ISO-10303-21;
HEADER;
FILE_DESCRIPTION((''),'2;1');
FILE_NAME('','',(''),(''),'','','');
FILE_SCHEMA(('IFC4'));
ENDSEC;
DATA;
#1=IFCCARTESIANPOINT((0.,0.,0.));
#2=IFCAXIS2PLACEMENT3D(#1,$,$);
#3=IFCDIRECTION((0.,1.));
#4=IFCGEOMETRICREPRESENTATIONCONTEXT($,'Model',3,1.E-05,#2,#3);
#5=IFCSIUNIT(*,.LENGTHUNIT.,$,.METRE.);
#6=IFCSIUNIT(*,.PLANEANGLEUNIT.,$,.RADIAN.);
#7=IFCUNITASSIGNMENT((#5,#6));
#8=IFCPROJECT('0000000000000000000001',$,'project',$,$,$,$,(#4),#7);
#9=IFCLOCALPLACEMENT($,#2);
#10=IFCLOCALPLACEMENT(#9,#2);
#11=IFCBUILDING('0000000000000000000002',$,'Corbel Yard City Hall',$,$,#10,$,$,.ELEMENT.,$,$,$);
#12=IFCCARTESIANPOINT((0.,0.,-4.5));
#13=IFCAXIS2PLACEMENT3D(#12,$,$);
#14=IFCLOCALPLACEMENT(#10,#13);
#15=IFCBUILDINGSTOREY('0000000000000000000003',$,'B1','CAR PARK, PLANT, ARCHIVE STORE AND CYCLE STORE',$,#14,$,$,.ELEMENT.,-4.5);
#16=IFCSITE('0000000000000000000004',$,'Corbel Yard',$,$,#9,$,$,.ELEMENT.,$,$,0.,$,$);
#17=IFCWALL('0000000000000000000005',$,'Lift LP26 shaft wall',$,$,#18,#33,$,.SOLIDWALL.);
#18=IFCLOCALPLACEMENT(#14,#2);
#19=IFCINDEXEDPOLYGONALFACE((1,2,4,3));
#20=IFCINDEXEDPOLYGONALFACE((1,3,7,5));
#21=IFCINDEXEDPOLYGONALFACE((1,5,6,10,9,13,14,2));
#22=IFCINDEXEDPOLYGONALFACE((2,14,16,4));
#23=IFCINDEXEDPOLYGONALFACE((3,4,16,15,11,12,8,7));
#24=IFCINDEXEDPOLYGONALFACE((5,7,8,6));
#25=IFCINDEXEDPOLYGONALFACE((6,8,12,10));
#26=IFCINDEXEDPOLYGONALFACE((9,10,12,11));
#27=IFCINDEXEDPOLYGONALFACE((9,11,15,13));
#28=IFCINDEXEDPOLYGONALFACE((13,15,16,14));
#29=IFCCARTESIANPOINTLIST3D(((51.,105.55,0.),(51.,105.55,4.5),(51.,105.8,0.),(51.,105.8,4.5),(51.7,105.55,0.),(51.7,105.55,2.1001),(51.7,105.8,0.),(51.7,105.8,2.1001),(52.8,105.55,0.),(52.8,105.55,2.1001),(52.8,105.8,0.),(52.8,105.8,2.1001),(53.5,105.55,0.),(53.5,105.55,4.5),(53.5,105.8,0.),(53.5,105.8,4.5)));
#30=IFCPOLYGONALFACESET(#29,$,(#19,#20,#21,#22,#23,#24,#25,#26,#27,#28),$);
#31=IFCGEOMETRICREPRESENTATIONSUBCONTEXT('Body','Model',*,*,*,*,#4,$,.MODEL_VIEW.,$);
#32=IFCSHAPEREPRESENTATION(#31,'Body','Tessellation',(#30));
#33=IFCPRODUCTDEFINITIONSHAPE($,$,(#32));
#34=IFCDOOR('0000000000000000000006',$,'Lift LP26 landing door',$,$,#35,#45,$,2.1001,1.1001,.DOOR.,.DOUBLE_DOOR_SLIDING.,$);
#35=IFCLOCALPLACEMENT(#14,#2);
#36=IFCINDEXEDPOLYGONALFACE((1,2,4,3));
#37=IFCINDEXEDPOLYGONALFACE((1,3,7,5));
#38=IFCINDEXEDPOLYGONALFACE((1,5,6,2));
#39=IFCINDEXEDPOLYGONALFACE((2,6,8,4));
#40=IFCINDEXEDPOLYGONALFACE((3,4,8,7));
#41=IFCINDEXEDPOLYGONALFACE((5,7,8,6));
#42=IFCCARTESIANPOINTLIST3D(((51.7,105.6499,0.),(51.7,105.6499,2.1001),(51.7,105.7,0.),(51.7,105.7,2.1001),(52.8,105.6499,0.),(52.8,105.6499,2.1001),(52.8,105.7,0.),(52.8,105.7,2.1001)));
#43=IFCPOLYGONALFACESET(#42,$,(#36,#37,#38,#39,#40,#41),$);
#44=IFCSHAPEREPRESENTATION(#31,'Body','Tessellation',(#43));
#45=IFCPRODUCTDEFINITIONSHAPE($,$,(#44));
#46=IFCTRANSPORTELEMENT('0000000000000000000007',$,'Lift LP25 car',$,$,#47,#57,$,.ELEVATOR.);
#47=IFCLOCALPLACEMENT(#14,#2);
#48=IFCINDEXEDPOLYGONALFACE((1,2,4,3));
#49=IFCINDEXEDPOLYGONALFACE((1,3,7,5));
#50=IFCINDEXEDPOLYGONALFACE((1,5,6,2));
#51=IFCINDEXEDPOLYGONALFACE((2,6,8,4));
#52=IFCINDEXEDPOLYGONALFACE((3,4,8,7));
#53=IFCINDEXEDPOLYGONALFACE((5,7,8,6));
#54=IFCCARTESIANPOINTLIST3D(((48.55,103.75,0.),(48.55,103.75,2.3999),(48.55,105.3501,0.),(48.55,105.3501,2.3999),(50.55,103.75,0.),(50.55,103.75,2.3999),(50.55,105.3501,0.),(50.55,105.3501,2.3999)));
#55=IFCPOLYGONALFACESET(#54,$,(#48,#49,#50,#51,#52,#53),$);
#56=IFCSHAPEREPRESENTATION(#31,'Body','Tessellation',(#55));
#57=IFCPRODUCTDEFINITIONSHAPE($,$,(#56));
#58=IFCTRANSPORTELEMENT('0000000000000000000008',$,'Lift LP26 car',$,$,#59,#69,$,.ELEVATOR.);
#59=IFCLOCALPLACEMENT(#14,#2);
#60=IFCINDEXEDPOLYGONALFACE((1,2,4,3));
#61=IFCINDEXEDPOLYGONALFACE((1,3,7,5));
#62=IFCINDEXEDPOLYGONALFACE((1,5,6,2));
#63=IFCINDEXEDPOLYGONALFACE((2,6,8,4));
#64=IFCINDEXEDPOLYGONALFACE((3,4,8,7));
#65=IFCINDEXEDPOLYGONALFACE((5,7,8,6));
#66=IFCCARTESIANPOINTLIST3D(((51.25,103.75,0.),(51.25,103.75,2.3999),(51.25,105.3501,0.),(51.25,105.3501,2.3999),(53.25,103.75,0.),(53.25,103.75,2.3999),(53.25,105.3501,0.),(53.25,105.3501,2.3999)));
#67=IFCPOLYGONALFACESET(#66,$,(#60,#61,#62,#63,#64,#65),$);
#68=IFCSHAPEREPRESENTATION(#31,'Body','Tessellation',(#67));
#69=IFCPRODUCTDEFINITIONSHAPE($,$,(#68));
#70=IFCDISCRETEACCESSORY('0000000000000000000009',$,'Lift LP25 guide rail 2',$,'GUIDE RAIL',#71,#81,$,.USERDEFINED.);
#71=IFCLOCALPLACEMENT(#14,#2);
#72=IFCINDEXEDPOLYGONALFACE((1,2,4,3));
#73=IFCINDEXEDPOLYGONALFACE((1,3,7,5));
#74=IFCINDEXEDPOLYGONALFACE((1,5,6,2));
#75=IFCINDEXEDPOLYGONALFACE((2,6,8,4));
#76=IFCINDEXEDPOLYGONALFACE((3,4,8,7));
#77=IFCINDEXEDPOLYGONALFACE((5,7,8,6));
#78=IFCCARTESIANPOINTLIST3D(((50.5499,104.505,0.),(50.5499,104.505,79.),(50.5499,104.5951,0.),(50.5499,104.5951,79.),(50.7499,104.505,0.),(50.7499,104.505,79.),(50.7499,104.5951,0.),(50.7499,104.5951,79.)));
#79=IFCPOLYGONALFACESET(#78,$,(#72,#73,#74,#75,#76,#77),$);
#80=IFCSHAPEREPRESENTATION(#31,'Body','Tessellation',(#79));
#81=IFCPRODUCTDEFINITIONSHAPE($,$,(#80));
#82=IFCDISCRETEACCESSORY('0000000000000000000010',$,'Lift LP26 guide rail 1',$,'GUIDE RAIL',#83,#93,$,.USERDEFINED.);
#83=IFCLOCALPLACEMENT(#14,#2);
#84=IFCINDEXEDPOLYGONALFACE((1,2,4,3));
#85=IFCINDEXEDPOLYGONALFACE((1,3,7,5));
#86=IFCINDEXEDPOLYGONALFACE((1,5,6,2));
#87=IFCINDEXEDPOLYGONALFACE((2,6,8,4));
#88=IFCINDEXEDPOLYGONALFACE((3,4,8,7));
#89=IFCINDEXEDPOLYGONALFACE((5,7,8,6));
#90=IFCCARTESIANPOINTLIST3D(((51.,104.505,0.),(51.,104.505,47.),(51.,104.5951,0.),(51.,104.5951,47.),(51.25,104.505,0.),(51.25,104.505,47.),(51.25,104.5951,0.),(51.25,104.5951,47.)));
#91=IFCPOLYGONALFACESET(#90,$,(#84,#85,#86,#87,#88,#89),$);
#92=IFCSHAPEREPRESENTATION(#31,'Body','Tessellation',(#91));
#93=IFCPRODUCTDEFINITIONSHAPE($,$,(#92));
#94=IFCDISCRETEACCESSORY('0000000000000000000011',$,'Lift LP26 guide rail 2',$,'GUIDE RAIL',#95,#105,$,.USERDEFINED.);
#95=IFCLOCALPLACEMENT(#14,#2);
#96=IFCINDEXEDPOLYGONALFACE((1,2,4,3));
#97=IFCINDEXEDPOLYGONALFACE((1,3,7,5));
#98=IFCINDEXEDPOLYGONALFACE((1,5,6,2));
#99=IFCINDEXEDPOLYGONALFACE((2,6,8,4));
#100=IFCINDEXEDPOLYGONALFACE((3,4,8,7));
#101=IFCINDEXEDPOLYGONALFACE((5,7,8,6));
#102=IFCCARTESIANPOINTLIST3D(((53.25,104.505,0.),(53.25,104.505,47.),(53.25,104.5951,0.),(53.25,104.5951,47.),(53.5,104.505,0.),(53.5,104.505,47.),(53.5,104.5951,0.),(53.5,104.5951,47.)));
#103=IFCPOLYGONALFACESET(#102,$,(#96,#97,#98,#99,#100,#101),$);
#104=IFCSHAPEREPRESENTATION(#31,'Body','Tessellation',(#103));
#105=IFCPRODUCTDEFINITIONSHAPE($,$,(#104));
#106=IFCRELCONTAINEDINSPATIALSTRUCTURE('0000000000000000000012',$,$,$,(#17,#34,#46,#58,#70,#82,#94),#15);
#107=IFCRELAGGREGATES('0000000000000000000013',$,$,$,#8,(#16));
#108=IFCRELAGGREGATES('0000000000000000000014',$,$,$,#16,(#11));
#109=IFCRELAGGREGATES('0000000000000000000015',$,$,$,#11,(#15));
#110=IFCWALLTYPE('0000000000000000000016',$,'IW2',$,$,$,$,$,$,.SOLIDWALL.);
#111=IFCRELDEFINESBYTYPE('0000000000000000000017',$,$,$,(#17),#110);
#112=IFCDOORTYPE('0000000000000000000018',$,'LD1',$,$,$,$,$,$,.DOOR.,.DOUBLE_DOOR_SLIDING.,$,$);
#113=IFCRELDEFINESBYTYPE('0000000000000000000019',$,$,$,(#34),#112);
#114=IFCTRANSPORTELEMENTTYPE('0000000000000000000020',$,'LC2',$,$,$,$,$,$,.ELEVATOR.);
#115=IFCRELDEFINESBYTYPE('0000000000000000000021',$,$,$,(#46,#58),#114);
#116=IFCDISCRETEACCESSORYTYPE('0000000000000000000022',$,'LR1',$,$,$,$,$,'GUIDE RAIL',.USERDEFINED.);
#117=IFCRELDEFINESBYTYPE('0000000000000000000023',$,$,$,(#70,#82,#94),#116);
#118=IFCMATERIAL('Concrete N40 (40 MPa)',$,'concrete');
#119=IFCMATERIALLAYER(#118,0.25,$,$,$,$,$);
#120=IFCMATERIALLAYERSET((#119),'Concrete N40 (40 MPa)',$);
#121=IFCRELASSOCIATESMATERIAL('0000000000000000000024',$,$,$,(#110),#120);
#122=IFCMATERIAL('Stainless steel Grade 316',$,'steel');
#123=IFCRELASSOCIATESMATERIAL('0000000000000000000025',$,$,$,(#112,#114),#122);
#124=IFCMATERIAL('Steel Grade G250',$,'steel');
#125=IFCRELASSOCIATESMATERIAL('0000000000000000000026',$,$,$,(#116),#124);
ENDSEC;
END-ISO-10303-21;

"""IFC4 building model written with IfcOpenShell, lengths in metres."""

from ifc_helpers import new_model, si_unit, direction, frame, frame_2d, origin, origin_2d, place, context, subcontext, project, spatial, rectangle, extrude, material, layer, layer_set, type_object, element, fill, save


model = new_model("IFC4")

# Units and contexts
model_context = context("Model", 3, precision=1e-05, world=origin(), true_north=direction((0.0, 1.0)))
body_context = subcontext(model_context, "Body", "Model", "MODEL_VIEW")
ifc_project = project(units=[si_unit("LENGTHUNIT", "METRE"), si_unit("PLANEANGLEUNIT", "RADIAN")], contexts=[model_context])

# Site, building, storey
site_placement = place(None, origin())
site = spatial("IfcSite", under=ifc_project, at=site_placement, Name="Corbel Yard", CompositionType="ELEMENT", RefElevation=0.0)
building_placement = place(site_placement, origin())
building = spatial("IfcBuilding", under=site, at=building_placement, Name="Corbel Yard City Hall", CompositionType="ELEMENT")
storey_placement = place(building_placement, frame((0.0, 0.0, -4.5)))
storey = spatial("IfcBuildingStorey", under=building, at=storey_placement, Name="B1", Description="CAR PARK, PLANT, ARCHIVE STORE AND CYCLE STORE", CompositionType="ELEMENT", Elevation=-4.5)

# Shared definitions
ifc_material_1 = material(Name="Concrete N40 (40 MPa)", Category="concrete")

# Shared definitions
ifc_layer = layer(ifc_material_1, 0.25)
ifc_layer_set = layer_set([ifc_layer], Name="Concrete N40 (40 MPa)")
wall_type = type_object("IfcWallType", Name="IW2", PredefinedType="SOLIDWALL", material=ifc_layer_set)

# Wall, opening, door
wall_1_placement = place(storey_placement, frame((51.0, 105.675, 0.0), z_axis=(0.0, 0.0, 1.0), x_axis=(1.0, 0.0, 0.0)))
wall_1 = element("IfcWall", 1, at=wall_1_placement, inside=storey, type_object=wall_type, Name="Lift LP26 shaft wall", PredefinedType="SOLIDWALL", context=body_context, shape_type="SweptSolid", body=[
    extrude(rectangle(XDim=2.5, YDim=0.25, at=frame_2d((1.25, 0.0))), origin(), (0.0, 0.0, 1.0), 4.5),
])
opening_placement = place(wall_1_placement, frame((0.7, 0.0, 0.0)))
opening = element("IfcOpeningElement", 2, at=opening_placement, cuts=wall_1, PredefinedType="OPENING", context=body_context, shape_type="SweptSolid", body=[
    extrude(rectangle(XDim=1.1001, YDim=2.1001, at=frame_2d((0.55, 1.05))), frame((0.0, 0.135, 0.0), z_axis=(0.0, -1.0, 0.0), x_axis=(1.0, 0.0, 0.0)), (0.0, 0.0, 1.0), 0.27),
])
ifc_material_2 = material(Name="Stainless steel Grade 316", Category="steel")
door_type = type_object("IfcDoorType", Name="LD1", OperationType="DOUBLE_DOOR_SLIDING", PredefinedType="DOOR", material=ifc_material_2)
door_placement = place(opening_placement, origin())
door = element("IfcDoor", 3, at=door_placement, inside=storey, type_object=door_type, Name="Lift LP26 landing door", OperationType="DOUBLE_DOOR_SLIDING", OverallHeight=2.1001, OverallWidth=1.1001, PredefinedType="DOOR", context=body_context, shape_type="SweptSolid", body=[
    extrude(rectangle(XDim=1.1001, YDim=2.1001, at=frame_2d((0.55, 1.05))), frame((0.0, 0.0249, 0.0), z_axis=(0.0, -1.0, 0.0), x_axis=(1.0, 0.0, 0.0)), (0.0, 0.0, 1.0), 0.05),
])
fill(opening, door)

# Transport elements
transport_element_type = type_object("IfcTransportElementType", Name="LC2", PredefinedType="ELEVATOR", material=ifc_material_2)
for number, where, z_axis, x_axis, name in (
    (4, (49.55, 104.55, 0.0), (0.0, 0.0, 1.0), (1.0, 0.0, 0.0), "Lift LP25 car"),
    (5, (52.25, 104.55, 0.0), (0.0, 0.0, 1.0), (1.0, 0.0, 0.0), "Lift LP26 car"),
):
    element("IfcTransportElement", number, at=place(storey_placement, frame(where, z_axis=z_axis, x_axis=x_axis)), inside=storey, type_object=transport_element_type, Name=name, PredefinedType="ELEVATOR", context=body_context, shape_type="SweptSolid", body=[
        extrude(rectangle(XDim=2.0, YDim=1.6001, at=origin_2d()), origin(), (0.0, 0.0, 1.0), 2.3999),
    ])

# Discrete accessories
ifc_material_3 = material(Name="Steel Grade G250", Category="steel")
discrete_accessory_type = type_object("IfcDiscreteAccessoryType", Name="LR1", ElementType="GUIDE RAIL", PredefinedType="USERDEFINED", material=ifc_material_3)
discrete_accessory_placement = place(storey_placement, frame((50.6499, 104.55, 0.0), z_axis=(0.0, 0.0, 1.0), x_axis=(1.0, 0.0, 0.0)))
element("IfcDiscreteAccessory", 6, at=discrete_accessory_placement, inside=storey, type_object=discrete_accessory_type, Name="Lift LP25 guide rail 2", ObjectType="GUIDE RAIL", PredefinedType="USERDEFINED", context=body_context, shape_type="SweptSolid", body=[
    extrude(rectangle(XDim=0.2, YDim=0.0901, at=origin_2d()), origin(), (0.0, 0.0, 1.0), 79.0),
])
for number, where, z_axis, x_axis, name in (
    (7, (51.125, 104.55, 0.0), (0.0, 0.0, 1.0), (1.0, 0.0, 0.0), "Lift LP26 guide rail 1"),
    (8, (53.375, 104.55, 0.0), (0.0, 0.0, 1.0), (1.0, 0.0, 0.0), "Lift LP26 guide rail 2"),
):
    element("IfcDiscreteAccessory", number, at=place(storey_placement, frame(where, z_axis=z_axis, x_axis=x_axis)), inside=storey, type_object=discrete_accessory_type, Name=name, ObjectType="GUIDE RAIL", PredefinedType="USERDEFINED", context=body_context, shape_type="SweptSolid", body=[
        extrude(rectangle(XDim=0.25, YDim=0.0901, at=origin_2d()), origin(), (0.0, 0.0, 1.0), 47.0),
    ])

save(model, "model.ifc")
